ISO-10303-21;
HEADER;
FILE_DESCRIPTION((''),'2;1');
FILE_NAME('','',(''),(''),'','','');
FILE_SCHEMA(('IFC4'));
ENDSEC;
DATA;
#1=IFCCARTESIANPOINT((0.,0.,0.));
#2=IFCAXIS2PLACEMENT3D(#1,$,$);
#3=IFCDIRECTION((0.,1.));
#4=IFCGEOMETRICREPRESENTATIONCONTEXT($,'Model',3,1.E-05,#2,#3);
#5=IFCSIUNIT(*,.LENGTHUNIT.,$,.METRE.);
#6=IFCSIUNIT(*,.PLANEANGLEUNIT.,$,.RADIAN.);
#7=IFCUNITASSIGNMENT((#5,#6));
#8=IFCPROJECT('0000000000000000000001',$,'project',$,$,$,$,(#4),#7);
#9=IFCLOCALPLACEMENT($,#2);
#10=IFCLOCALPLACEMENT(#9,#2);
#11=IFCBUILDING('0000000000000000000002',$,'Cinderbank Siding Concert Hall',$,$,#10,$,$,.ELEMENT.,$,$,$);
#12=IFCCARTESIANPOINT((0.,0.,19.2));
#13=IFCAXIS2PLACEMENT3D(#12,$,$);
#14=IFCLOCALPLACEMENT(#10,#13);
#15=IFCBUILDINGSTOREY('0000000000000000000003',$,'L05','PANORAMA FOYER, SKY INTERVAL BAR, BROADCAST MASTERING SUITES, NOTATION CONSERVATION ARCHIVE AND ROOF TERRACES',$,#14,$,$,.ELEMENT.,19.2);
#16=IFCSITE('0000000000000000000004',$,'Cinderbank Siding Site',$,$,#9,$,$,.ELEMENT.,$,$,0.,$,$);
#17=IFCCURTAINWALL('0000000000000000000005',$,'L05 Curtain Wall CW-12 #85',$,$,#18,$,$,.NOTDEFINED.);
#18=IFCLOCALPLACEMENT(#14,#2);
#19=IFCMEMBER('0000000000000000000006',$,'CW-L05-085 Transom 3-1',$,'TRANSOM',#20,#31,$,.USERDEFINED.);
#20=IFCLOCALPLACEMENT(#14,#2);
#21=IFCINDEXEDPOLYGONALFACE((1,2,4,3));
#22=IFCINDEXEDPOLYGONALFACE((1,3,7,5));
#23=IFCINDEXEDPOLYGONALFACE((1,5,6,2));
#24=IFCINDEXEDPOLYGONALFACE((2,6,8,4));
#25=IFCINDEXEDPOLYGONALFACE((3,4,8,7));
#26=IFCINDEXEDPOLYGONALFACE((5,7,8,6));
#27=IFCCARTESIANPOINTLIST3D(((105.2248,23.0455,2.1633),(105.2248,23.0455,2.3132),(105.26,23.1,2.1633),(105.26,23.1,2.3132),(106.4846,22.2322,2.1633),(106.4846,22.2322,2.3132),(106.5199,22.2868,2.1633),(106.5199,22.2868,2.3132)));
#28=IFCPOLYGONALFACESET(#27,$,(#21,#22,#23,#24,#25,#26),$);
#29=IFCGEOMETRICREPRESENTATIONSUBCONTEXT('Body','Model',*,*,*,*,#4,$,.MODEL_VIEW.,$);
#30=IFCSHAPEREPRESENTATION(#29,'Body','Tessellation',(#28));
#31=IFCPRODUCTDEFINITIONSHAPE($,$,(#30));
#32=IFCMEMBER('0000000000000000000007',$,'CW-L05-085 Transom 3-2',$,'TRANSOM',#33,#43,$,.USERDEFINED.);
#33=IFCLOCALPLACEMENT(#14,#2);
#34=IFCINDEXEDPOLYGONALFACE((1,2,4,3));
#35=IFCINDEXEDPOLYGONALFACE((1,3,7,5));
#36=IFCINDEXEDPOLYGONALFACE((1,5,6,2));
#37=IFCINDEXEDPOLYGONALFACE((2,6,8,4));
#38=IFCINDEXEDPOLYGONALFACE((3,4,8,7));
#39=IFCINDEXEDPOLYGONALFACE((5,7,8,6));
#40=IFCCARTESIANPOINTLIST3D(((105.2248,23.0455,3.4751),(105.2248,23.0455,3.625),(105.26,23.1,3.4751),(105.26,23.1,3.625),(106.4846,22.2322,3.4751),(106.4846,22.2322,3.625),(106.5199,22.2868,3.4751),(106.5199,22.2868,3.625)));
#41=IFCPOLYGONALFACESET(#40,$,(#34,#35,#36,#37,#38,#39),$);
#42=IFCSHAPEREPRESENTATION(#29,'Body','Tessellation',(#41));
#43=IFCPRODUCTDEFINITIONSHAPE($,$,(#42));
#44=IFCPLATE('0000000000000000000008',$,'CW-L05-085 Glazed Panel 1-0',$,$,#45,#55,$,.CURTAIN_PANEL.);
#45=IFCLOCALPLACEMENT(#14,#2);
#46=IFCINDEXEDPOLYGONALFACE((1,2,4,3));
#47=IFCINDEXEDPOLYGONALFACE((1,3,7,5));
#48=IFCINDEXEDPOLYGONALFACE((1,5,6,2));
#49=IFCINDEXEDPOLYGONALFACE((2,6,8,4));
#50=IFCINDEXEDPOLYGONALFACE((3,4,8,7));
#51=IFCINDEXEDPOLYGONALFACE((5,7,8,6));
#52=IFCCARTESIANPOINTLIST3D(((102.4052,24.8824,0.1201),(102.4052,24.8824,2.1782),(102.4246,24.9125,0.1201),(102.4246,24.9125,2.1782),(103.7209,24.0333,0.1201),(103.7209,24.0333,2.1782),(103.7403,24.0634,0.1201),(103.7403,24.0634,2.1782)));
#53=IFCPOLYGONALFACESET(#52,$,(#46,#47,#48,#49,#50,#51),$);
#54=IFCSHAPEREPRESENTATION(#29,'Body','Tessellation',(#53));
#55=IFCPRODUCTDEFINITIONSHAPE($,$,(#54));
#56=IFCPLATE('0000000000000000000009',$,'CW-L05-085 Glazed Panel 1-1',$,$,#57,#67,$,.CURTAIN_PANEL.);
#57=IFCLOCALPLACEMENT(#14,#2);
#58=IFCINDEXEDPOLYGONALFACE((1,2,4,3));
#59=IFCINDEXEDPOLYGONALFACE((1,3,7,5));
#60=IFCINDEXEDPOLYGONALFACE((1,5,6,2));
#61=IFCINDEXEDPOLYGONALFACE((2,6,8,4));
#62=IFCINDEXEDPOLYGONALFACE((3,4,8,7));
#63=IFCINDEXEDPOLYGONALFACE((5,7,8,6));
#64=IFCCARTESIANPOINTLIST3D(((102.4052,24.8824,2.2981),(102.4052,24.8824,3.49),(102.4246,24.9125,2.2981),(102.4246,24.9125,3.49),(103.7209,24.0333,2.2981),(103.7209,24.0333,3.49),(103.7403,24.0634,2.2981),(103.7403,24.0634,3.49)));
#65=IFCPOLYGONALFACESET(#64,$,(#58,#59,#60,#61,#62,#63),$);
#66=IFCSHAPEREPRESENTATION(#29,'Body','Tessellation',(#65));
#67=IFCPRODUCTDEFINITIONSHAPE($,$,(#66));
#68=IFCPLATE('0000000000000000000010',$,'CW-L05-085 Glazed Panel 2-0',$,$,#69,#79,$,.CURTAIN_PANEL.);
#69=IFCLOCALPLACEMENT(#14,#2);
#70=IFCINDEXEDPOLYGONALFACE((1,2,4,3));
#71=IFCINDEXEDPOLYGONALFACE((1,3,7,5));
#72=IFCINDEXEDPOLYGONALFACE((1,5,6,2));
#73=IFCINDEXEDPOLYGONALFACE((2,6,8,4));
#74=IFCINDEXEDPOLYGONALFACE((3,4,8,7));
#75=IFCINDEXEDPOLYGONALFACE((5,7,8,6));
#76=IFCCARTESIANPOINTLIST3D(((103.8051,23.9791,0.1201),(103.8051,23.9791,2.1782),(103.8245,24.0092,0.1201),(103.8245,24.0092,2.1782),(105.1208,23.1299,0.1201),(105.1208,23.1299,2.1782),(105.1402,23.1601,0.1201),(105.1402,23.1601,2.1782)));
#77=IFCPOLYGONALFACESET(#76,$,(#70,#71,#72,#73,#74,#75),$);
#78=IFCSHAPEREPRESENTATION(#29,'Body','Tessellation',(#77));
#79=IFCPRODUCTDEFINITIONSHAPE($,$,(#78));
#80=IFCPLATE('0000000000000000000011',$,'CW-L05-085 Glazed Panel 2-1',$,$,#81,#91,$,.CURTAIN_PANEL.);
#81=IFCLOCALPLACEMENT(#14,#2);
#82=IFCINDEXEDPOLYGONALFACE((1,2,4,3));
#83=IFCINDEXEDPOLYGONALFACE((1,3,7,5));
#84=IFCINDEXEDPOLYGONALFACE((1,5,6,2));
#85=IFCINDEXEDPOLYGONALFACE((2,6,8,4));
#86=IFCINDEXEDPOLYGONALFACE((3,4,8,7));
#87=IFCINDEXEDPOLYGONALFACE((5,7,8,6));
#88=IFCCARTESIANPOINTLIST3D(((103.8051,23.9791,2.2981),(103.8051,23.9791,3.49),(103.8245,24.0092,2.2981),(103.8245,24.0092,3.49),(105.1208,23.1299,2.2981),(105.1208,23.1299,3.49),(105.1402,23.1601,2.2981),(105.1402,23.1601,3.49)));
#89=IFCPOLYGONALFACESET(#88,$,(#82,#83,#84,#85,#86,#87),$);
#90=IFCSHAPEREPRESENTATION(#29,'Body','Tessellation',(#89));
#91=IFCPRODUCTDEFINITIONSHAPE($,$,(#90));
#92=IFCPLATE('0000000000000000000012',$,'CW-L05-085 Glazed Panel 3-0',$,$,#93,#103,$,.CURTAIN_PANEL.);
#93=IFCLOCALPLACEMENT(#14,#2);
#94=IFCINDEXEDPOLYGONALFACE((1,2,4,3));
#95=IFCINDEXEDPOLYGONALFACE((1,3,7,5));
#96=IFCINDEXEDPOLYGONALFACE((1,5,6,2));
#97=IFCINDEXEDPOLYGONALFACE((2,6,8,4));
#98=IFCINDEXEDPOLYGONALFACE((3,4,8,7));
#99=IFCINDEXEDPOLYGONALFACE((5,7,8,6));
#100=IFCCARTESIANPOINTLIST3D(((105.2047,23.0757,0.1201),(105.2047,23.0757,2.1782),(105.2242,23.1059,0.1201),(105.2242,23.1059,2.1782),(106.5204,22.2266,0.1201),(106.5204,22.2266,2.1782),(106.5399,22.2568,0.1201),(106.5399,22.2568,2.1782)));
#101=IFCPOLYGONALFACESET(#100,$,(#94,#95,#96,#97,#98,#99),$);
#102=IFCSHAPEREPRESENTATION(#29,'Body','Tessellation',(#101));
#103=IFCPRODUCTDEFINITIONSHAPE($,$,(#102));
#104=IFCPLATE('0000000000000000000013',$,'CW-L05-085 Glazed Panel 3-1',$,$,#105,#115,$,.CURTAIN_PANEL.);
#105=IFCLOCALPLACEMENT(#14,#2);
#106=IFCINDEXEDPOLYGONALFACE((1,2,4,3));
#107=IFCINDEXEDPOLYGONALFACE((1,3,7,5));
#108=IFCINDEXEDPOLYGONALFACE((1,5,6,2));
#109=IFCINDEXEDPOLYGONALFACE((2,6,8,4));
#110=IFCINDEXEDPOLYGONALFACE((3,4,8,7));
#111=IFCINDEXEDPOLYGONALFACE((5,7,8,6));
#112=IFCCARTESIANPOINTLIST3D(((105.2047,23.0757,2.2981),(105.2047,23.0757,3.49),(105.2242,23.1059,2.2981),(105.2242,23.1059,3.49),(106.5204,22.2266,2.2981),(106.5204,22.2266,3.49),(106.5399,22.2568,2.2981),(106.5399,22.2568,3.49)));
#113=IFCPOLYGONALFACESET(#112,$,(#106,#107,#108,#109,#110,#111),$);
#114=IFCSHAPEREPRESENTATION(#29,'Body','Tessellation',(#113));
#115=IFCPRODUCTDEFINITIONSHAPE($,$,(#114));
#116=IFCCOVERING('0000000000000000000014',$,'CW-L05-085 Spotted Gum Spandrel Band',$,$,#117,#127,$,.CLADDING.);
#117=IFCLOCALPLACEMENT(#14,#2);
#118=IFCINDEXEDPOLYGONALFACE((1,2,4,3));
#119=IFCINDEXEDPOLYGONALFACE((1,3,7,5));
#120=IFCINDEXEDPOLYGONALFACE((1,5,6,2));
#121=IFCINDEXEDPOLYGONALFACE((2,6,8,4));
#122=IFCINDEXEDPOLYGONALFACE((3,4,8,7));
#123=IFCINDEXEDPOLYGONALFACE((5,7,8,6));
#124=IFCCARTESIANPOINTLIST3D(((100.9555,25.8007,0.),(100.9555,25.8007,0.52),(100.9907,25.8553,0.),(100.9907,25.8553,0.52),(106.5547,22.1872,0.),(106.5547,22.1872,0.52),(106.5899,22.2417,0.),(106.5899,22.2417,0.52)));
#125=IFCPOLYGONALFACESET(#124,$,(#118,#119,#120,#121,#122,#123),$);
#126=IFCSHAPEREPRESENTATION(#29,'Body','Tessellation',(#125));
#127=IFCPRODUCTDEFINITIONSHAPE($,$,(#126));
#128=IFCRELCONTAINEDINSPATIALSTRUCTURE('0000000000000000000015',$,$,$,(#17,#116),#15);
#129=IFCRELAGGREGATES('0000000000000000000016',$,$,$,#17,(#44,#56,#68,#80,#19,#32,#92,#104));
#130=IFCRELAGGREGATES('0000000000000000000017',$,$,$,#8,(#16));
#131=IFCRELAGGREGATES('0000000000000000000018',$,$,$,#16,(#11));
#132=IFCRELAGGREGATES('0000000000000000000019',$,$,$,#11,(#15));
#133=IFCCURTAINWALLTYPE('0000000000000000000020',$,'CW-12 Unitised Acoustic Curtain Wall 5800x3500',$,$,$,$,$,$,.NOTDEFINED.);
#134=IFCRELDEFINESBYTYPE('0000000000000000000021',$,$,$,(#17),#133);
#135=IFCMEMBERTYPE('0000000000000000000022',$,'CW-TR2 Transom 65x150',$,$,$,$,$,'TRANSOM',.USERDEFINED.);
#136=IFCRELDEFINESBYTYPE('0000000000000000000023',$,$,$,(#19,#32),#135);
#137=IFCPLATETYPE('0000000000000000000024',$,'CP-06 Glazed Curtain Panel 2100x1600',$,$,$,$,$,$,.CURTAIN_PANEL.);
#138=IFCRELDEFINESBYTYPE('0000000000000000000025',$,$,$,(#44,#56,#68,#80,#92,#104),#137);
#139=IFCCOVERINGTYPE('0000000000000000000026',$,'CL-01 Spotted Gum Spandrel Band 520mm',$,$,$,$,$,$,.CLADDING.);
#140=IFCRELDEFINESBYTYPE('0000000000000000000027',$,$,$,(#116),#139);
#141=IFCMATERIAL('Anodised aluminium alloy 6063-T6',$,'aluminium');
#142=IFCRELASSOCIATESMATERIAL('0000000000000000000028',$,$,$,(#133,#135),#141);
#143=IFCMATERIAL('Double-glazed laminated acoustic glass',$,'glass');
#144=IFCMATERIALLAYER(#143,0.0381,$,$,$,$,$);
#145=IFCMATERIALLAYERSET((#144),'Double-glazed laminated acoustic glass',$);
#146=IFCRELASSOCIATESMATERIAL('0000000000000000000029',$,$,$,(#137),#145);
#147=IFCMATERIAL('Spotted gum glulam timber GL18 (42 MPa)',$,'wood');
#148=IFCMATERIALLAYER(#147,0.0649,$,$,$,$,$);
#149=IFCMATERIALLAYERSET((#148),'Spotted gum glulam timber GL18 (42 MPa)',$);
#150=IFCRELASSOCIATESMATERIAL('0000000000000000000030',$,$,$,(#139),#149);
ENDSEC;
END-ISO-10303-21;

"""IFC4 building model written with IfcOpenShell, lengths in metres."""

from ifc_helpers import new_model, si_unit, direction, frame, origin, origin_2d, place, context, subcontext, project, spatial, rectangle, extrude, material, layer, layer_set, material_profile, profile_set, type_object, element, aggregate, save


model = new_model("IFC4")

# Units and contexts
model_context = context("Model", 3, precision=1e-05, world=origin(), true_north=direction((0.0, 1.0)))
body_context = subcontext(model_context, "Body", "Model", "MODEL_VIEW")
ifc_project = project(units=[si_unit("LENGTHUNIT", "METRE"), si_unit("PLANEANGLEUNIT", "RADIAN")], contexts=[model_context])

# Site, building, storey
site_placement = place(None, origin())
site = spatial("IfcSite", under=ifc_project, at=site_placement, Name="Cinderbank Siding Site", CompositionType="ELEMENT", RefElevation=0.0)
building_placement = place(site_placement, origin())
building = spatial("IfcBuilding", under=site, at=building_placement, Name="Cinderbank Siding Concert Hall", CompositionType="ELEMENT")
storey_placement = place(building_placement, frame((0.0, 0.0, 19.2)))
storey = spatial("IfcBuildingStorey", under=building, at=storey_placement, Name="L05", Description="PANORAMA FOYER, SKY INTERVAL BAR, BROADCAST MASTERING SUITES, NOTATION CONSERVATION ARCHIVE AND ROOF TERRACES", CompositionType="ELEMENT", Elevation=19.2)

# Shared definitions
ifc_material_1 = material(Name="Anodised aluminium alloy 6063-T6", Category="aluminium")

# Curtain wall
curtain_wall_type_1 = type_object("IfcCurtainWallType", Name="CW-12 Unitised Acoustic Curtain Wall 5800x3500", PredefinedType="NOTDEFINED", material=ifc_material_1)
curtain_wall_1_placement = place(storey_placement, origin())
curtain_wall_1 = element("IfcCurtainWall", 1, at=curtain_wall_1_placement, inside=storey, type_object=curtain_wall_type_1, Name="L05 Curtain Wall CW-12 #85", PredefinedType="NOTDEFINED")

# Members
ifc_material_profile_1 = material_profile(ifc_material_1, rectangle(XDim=0.0649, YDim=0.1499, at=origin_2d()), Name="ALU-TRAN-65x150", Category="LoadBearing")
ifc_profile_set_1 = profile_set([ifc_material_profile_1], Name="Anodised aluminium alloy 6063-T6")
member_type_1 = type_object("IfcMemberType", Name="CW-TR2 Transom 65x150", ElementType="TRANSOM", PredefinedType="USERDEFINED", material=ifc_profile_set_1)
member_1_placement = place(storey_placement, frame((105.2424, 23.0728, 2.2383), z_axis=(0.840151, -0.542353, 0.0), x_axis=(0.542353, 0.840151, 0.0)))
member_1 = element("IfcMember", 2, at=member_1_placement, type_object=member_type_1, Name="CW-L05-085 Transom 3-1", ObjectType="TRANSOM", PredefinedType="USERDEFINED", context=body_context, shape_type="SweptSolid", body=[
    extrude(rectangle(XDim=0.0649, YDim=0.1499, at=origin_2d()), origin(), (0.0, 0.0, 1.0), 1.4995),
])
member_2_placement = place(storey_placement, frame((105.2424, 23.0728, 3.55), z_axis=(0.840151, -0.542353, 0.0), x_axis=(0.542353, 0.840151, 0.0)))
member_2 = element("IfcMember", 3, at=member_2_placement, type_object=member_type_1, Name="CW-L05-085 Transom 3-2", ObjectType="TRANSOM", PredefinedType="USERDEFINED", context=body_context, shape_type="SweptSolid", body=[
    extrude(rectangle(XDim=0.0649, YDim=0.1499, at=origin_2d()), origin(), (0.0, 0.0, 1.0), 1.4995),
])

# Plates
ifc_material_2 = material(Name="Double-glazed laminated acoustic glass", Category="glass")
ifc_layer_1 = layer(ifc_material_2, 0.0381)
ifc_layer_set_1 = layer_set([ifc_layer_1], Name="Double-glazed laminated acoustic glass")
plate_type = type_object("IfcPlateType", Name="CP-06 Glazed Curtain Panel 2100x1600", PredefinedType="CURTAIN_PANEL", material=ifc_layer_set_1)
plate_1_placement = place(storey_placement, frame((103.0728, 24.4729, 0.1201), z_axis=(0.0, 0.0, 1.0), x_axis=(0.840219, -0.542248, 0.0)))
plate_1 = element("IfcPlate", 4, at=plate_1_placement, type_object=plate_type, Name="CW-L05-085 Glazed Panel 1-0", PredefinedType="CURTAIN_PANEL", context=body_context, shape_type="SweptSolid", body=[
    extrude(rectangle(XDim=1.5659, YDim=0.0359, at=origin_2d()), origin(), (0.0, 0.0, 1.0), 2.0581),
])
plate_2_placement = place(storey_placement, frame((103.0728, 24.4729, 2.2981), z_axis=(0.0, 0.0, 1.0), x_axis=(0.840219, -0.542248, 0.0)))
plate_2 = element("IfcPlate", 5, at=plate_2_placement, type_object=plate_type, Name="CW-L05-085 Glazed Panel 1-1", PredefinedType="CURTAIN_PANEL", context=body_context, shape_type="SweptSolid", body=[
    extrude(rectangle(XDim=1.5659, YDim=0.0359, at=origin_2d()), origin(), (0.0, 0.0, 1.0), 1.1919),
])
plate_3_placement = place(storey_placement, frame((104.4727, 23.5696, 0.1201), z_axis=(0.0, 0.0, 1.0), x_axis=(0.840219, -0.542248, 0.0)))
plate_3 = element("IfcPlate", 6, at=plate_3_placement, type_object=plate_type, Name="CW-L05-085 Glazed Panel 2-0", PredefinedType="CURTAIN_PANEL", context=body_context, shape_type="SweptSolid", body=[
    extrude(rectangle(XDim=1.5659, YDim=0.0359, at=origin_2d()), origin(), (0.0, 0.0, 1.0), 2.0581),
])
plate_4_placement = place(storey_placement, frame((104.4727, 23.5696, 2.2981), z_axis=(0.0, 0.0, 1.0), x_axis=(0.840219, -0.542248, 0.0)))
plate_4 = element("IfcPlate", 7, at=plate_4_placement, type_object=plate_type, Name="CW-L05-085 Glazed Panel 2-1", PredefinedType="CURTAIN_PANEL", context=body_context, shape_type="SweptSolid", body=[
    extrude(rectangle(XDim=1.5659, YDim=0.0359, at=origin_2d()), origin(), (0.0, 0.0, 1.0), 1.1919),
])
plate_5_placement = place(storey_placement, frame((105.8723, 22.6663, 0.1201), z_axis=(0.0, 0.0, 1.0), x_axis=(0.840219, -0.542248, 0.0)))
plate_5 = element("IfcPlate", 8, at=plate_5_placement, type_object=plate_type, Name="CW-L05-085 Glazed Panel 3-0", PredefinedType="CURTAIN_PANEL", context=body_context, shape_type="SweptSolid", body=[
    extrude(rectangle(XDim=1.5659, YDim=0.0359, at=origin_2d()), origin(), (0.0, 0.0, 1.0), 2.0581),
])
plate_6_placement = place(storey_placement, frame((105.8723, 22.6663, 2.2981), z_axis=(0.0, 0.0, 1.0), x_axis=(0.840219, -0.542248, 0.0)))
plate_6 = element("IfcPlate", 9, at=plate_6_placement, type_object=plate_type, Name="CW-L05-085 Glazed Panel 3-1", PredefinedType="CURTAIN_PANEL", context=body_context, shape_type="SweptSolid", body=[
    extrude(rectangle(XDim=1.5659, YDim=0.0359, at=origin_2d()), origin(), (0.0, 0.0, 1.0), 1.1919),
])
aggregate(curtain_wall_1, [plate_1, plate_2, plate_3, plate_4, member_1, member_2, plate_5, plate_6])

# Covering
ifc_material_3 = material(Name="Spotted gum glulam timber GL18 (42 MPa)", Category="wood")
ifc_layer_2 = layer(ifc_material_3, 0.0649)
ifc_layer_set_2 = layer_set([ifc_layer_2], Name="Spotted gum glulam timber GL18 (42 MPa)")
covering_type = type_object("IfcCoveringType", Name="CL-01 Spotted Gum Spandrel Band 520mm", PredefinedType="CLADDING", material=ifc_layer_set_2)
covering_placement = place(storey_placement, frame((103.7727, 24.0212, 0.0), z_axis=(0.0, 0.0, 1.0), x_axis=(0.840219, -0.542248, 0.0)))
element("IfcCovering", 10, at=covering_placement, inside=storey, type_object=covering_type, Name="CW-L05-085 Spotted Gum Spandrel Band", PredefinedType="CLADDING", context=body_context, shape_type="SweptSolid", body=[
    extrude(rectangle(XDim=6.6641, YDim=0.0649, at=origin_2d()), origin(), (0.0, 0.0, 1.0), 0.52),
])

save(model, "model.ifc")
